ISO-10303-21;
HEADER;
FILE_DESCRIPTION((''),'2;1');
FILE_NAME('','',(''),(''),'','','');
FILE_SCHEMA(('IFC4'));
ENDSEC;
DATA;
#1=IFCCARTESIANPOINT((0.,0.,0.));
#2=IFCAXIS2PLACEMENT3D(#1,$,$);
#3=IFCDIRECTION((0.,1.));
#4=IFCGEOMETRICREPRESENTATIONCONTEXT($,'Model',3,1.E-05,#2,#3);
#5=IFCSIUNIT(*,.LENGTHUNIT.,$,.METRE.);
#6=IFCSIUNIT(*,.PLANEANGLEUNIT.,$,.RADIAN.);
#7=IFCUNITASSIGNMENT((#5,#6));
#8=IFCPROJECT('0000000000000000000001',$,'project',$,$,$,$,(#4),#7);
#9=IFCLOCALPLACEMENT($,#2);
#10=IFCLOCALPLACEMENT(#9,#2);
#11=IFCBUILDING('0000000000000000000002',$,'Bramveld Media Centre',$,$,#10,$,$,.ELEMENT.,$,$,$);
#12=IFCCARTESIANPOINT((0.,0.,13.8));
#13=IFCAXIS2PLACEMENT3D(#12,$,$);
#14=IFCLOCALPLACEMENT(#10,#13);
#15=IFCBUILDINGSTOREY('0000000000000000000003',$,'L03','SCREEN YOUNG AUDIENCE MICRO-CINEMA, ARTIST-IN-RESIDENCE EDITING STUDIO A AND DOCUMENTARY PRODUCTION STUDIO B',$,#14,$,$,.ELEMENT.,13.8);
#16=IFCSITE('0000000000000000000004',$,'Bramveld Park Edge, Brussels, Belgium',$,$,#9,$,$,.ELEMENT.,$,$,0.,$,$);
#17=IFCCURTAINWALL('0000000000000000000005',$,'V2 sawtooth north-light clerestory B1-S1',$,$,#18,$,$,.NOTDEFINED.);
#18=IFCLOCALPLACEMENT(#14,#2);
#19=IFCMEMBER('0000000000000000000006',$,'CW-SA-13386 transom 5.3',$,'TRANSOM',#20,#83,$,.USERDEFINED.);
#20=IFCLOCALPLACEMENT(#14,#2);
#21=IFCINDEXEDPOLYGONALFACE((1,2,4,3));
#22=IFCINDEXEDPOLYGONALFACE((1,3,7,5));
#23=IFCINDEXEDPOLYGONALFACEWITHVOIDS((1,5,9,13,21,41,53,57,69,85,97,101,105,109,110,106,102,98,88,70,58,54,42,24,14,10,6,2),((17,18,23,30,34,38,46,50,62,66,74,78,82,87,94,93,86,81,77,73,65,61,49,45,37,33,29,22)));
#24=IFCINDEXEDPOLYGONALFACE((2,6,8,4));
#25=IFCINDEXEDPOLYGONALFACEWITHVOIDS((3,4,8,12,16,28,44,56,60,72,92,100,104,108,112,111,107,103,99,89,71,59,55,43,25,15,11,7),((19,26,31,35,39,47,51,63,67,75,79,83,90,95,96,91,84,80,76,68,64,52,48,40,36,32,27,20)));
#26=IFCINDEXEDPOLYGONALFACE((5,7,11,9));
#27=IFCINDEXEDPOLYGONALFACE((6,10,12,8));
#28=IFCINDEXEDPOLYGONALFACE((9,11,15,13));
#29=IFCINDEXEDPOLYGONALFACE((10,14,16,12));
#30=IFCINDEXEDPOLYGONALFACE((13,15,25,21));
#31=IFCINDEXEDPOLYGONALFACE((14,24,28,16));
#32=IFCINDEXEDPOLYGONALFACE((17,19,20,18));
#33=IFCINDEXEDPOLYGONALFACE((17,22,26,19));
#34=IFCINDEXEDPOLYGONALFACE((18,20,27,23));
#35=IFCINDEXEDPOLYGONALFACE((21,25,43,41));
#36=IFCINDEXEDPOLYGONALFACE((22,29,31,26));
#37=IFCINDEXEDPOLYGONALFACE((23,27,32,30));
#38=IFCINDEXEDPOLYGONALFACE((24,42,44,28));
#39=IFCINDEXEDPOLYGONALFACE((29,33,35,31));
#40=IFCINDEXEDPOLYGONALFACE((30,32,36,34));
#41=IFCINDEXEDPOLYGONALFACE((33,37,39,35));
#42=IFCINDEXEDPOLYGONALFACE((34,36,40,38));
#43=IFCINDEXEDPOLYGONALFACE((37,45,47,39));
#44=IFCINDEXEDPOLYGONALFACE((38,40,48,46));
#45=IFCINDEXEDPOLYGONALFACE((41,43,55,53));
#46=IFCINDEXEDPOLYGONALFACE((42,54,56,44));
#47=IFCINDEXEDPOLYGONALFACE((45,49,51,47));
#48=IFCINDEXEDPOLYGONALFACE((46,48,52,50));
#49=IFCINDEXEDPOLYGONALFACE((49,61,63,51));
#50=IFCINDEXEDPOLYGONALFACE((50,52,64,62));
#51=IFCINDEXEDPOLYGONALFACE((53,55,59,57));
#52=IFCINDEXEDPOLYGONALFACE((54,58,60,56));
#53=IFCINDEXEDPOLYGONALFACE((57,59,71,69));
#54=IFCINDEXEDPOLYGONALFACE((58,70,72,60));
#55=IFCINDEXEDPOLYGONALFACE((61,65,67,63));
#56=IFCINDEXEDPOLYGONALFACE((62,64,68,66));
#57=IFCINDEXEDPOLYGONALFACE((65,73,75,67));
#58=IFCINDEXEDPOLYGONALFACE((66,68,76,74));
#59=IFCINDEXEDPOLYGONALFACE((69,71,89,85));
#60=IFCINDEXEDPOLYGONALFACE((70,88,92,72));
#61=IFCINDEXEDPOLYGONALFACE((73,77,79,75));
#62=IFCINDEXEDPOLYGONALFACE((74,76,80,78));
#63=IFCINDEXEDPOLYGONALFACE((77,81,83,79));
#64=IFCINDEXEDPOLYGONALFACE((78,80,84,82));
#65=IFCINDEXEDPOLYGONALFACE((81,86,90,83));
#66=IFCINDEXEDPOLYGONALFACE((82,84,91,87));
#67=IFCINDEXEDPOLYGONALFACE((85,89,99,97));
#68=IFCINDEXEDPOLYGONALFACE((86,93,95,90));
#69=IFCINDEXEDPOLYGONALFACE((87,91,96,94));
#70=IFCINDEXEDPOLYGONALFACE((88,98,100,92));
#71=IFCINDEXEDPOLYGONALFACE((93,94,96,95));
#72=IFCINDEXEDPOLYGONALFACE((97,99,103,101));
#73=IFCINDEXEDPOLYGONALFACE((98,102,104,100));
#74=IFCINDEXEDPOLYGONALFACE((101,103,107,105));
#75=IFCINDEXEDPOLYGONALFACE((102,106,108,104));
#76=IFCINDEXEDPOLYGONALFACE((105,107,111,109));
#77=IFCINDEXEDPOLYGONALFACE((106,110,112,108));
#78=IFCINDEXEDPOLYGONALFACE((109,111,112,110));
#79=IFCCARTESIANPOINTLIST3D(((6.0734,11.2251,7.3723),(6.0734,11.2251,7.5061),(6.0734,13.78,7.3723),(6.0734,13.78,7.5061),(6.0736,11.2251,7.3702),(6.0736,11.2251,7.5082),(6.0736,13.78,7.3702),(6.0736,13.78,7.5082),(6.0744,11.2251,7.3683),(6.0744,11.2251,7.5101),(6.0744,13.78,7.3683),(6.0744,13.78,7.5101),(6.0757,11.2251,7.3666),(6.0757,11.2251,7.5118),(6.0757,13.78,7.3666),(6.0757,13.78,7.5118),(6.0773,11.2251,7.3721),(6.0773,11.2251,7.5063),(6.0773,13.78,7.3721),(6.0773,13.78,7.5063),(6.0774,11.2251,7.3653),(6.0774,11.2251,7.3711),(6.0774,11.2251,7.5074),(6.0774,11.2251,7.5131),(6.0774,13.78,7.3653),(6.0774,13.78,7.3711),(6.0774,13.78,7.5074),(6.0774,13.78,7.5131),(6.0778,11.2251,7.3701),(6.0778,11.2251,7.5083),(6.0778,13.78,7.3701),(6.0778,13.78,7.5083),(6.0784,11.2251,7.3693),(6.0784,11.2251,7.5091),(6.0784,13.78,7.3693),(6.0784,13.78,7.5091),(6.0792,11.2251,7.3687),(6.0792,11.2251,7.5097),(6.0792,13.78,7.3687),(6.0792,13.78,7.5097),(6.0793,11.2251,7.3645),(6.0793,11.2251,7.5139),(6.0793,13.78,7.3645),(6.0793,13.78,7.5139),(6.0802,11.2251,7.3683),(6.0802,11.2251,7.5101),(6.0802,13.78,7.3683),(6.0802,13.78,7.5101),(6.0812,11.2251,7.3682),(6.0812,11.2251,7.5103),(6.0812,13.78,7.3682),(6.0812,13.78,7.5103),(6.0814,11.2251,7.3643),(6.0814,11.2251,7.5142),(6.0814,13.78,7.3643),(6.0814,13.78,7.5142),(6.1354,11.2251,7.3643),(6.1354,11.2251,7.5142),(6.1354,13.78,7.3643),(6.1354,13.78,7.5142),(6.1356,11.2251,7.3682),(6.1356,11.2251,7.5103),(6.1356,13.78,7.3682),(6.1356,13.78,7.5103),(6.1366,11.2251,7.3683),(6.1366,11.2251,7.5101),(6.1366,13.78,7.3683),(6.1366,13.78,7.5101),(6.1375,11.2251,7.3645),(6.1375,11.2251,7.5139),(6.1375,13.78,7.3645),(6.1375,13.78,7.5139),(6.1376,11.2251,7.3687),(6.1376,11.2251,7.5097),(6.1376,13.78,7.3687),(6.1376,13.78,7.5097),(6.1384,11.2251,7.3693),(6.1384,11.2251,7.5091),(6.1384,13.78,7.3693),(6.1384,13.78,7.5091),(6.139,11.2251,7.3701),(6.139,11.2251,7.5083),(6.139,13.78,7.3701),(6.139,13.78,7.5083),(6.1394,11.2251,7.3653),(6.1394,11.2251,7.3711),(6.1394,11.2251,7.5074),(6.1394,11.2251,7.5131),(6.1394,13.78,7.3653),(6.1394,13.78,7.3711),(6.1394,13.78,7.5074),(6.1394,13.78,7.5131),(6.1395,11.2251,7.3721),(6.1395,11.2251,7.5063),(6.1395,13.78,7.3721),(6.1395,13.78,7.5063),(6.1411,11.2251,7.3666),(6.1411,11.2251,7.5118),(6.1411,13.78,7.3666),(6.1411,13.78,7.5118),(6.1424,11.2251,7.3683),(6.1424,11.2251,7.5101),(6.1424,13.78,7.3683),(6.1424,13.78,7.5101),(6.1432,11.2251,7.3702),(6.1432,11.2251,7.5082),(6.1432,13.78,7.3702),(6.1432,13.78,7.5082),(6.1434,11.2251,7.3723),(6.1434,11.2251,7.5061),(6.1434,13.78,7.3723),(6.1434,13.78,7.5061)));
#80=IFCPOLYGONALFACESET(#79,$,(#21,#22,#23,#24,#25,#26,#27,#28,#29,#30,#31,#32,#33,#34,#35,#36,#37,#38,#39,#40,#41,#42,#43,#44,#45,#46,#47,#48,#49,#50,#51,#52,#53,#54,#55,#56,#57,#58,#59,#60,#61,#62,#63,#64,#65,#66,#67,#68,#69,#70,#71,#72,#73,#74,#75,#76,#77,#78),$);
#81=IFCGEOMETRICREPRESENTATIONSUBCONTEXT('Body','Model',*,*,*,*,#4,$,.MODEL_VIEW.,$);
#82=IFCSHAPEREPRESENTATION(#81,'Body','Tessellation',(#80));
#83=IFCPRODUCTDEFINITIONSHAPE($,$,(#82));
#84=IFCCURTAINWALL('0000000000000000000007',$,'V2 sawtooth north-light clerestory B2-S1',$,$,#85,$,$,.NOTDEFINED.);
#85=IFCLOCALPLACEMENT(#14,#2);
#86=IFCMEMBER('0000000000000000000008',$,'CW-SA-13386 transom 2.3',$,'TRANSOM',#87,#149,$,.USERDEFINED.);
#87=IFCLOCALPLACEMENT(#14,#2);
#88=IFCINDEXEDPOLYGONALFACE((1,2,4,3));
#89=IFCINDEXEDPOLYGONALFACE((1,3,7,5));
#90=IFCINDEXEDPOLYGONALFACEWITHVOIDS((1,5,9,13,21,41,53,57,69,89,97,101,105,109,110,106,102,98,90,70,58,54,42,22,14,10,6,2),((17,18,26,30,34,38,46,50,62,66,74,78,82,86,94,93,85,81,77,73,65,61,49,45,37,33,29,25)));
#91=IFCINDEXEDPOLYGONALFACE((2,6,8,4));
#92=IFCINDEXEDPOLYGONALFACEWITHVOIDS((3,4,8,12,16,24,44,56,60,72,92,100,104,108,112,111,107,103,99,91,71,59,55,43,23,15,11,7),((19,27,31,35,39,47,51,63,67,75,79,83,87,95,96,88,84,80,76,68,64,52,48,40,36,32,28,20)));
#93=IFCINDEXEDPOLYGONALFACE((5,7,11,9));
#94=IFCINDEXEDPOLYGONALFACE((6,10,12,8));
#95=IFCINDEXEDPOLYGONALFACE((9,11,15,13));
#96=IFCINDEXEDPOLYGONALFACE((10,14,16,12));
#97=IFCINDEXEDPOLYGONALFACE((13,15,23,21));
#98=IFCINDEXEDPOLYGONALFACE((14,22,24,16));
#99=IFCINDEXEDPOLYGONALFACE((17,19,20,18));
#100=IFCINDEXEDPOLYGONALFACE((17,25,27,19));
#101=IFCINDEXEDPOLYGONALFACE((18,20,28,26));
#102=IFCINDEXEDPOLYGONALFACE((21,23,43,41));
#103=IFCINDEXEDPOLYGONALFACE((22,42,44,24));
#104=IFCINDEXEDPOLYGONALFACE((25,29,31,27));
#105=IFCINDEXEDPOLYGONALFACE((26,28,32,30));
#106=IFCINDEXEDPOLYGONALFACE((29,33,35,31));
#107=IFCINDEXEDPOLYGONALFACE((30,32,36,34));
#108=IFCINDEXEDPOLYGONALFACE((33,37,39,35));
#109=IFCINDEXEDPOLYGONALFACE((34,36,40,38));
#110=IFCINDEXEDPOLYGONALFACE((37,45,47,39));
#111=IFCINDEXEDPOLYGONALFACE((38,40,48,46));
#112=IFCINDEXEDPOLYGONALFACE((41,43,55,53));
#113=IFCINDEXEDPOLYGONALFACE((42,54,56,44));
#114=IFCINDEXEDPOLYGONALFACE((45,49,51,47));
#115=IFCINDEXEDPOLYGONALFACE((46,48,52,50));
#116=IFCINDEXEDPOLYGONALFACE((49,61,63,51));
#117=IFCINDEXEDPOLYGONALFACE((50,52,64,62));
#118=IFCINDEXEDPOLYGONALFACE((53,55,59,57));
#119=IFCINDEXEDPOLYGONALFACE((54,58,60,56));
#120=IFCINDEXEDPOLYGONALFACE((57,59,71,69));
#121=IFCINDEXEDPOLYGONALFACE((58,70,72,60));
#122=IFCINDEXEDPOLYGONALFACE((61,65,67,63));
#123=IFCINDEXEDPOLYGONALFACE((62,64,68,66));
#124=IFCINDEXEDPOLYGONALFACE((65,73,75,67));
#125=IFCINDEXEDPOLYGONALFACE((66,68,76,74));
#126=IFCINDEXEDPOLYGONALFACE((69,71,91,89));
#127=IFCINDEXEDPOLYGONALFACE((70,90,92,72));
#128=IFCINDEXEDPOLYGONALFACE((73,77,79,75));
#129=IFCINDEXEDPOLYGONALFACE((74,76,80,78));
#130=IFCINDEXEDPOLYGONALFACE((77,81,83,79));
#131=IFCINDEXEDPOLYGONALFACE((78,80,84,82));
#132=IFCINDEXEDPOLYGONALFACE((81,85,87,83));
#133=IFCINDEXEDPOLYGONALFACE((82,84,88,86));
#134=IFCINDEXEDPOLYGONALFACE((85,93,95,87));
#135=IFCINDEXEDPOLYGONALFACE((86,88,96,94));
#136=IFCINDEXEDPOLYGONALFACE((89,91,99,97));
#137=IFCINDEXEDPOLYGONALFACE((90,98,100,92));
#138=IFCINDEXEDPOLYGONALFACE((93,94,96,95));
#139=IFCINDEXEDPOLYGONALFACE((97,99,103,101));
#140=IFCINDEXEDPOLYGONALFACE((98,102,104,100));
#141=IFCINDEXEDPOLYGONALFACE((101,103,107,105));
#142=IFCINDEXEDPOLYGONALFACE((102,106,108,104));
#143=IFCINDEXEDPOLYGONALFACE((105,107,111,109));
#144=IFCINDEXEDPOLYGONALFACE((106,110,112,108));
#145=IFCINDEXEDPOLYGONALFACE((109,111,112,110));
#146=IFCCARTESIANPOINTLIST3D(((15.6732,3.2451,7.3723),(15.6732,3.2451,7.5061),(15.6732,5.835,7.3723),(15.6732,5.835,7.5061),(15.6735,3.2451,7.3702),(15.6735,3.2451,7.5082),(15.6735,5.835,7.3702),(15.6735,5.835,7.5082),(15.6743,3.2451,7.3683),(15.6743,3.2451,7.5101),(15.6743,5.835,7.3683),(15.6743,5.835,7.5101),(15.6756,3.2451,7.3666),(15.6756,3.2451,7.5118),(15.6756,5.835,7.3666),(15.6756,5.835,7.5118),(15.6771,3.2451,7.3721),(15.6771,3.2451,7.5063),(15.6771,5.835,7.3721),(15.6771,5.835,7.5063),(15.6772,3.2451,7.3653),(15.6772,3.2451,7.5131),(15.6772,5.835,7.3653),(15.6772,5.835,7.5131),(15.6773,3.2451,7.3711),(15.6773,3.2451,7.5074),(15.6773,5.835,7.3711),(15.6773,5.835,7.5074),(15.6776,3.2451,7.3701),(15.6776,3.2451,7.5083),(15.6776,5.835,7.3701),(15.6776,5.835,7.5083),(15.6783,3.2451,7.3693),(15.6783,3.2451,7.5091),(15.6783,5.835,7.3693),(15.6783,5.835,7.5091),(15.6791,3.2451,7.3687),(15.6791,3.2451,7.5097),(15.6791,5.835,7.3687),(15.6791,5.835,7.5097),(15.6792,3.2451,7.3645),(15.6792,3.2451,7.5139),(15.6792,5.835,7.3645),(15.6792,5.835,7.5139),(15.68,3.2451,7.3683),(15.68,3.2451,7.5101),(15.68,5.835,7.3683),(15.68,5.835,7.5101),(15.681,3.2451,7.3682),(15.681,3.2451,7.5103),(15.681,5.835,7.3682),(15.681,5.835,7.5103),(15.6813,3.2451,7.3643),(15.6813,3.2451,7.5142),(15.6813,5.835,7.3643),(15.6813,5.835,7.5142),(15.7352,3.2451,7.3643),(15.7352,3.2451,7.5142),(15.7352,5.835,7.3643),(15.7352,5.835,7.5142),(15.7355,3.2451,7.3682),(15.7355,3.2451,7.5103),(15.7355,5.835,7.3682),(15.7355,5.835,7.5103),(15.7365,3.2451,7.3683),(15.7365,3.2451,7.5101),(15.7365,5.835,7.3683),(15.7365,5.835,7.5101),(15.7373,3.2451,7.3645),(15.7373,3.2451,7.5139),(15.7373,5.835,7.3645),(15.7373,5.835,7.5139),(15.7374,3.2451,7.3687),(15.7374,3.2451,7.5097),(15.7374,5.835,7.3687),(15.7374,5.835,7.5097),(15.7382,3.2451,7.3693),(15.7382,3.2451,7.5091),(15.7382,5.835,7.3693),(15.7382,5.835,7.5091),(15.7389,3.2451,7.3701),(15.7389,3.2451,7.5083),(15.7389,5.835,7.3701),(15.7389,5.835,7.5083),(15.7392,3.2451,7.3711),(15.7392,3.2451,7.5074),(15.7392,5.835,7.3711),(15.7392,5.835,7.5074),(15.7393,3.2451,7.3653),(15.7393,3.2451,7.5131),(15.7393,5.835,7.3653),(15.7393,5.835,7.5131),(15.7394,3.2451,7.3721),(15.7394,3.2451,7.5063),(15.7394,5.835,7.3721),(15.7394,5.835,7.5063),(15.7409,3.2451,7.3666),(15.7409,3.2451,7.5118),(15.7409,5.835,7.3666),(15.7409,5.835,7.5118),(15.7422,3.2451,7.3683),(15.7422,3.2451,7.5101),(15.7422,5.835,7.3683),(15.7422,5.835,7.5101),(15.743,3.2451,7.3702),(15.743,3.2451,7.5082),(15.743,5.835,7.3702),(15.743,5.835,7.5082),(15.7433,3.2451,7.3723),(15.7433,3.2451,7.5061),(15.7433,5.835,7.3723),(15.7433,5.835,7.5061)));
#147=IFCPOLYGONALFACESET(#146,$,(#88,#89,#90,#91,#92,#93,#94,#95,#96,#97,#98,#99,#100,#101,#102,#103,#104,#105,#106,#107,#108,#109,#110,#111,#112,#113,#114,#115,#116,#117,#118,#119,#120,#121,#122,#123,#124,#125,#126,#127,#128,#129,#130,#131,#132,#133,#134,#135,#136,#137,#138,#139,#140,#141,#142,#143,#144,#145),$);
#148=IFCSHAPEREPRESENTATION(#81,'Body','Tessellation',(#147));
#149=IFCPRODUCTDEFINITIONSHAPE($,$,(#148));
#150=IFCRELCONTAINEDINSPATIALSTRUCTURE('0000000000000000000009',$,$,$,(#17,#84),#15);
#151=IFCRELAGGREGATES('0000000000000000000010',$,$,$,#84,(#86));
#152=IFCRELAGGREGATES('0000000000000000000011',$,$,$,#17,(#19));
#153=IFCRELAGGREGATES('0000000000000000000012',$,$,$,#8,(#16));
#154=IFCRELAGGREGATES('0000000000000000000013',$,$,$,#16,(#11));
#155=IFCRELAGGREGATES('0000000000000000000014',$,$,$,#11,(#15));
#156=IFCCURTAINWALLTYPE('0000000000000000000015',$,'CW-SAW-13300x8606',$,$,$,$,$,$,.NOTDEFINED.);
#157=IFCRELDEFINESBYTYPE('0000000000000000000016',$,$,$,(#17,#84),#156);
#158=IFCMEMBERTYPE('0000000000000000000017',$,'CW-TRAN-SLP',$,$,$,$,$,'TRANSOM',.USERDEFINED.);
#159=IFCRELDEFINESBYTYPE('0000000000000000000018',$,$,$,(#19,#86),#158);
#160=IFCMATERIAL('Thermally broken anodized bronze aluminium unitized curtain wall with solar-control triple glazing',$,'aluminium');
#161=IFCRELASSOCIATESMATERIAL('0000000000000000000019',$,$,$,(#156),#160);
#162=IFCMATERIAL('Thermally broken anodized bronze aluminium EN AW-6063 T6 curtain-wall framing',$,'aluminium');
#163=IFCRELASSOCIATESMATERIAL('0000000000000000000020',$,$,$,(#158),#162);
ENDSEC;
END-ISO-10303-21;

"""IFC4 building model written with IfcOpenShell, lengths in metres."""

from ifc_helpers import new_model, si_unit, direction, frame, origin, origin_2d, place, context, subcontext, project, spatial, hollow_rectangle, extrude, material, material_profile, profile_set, type_object, element, aggregate, save


model = new_model("IFC4")

# Units and contexts
model_context = context("Model", 3, precision=1e-05, world=origin(), true_north=direction((0.0, 1.0)))
body_context = subcontext(model_context, "Body", "Model", "MODEL_VIEW")
ifc_project = project(units=[si_unit("LENGTHUNIT", "METRE"), si_unit("PLANEANGLEUNIT", "RADIAN")], contexts=[model_context])

# Site, building, storey
site_placement = place(None, origin())
site = spatial("IfcSite", under=ifc_project, at=site_placement, Name="Bramveld Park Edge, Brussels, Belgium", CompositionType="ELEMENT", RefElevation=0.0)
building_placement = place(site_placement, origin())
building = spatial("IfcBuilding", under=site, at=building_placement, Name="Bramveld Media Centre", CompositionType="ELEMENT")
storey_placement = place(building_placement, frame((0.0, 0.0, 13.8)))
storey = spatial("IfcBuildingStorey", under=building, at=storey_placement, Name="L03", Description="SCREEN YOUNG AUDIENCE MICRO-CINEMA, ARTIST-IN-RESIDENCE EDITING STUDIO A AND DOCUMENTARY PRODUCTION STUDIO B", CompositionType="ELEMENT", Elevation=13.8)

# Curtain walls, members
ifc_material_1 = material(Name="Thermally broken anodized bronze aluminium unitized curtain wall with solar-control triple glazing", Category="aluminium")
curtain_wall_type = type_object("IfcCurtainWallType", Name="CW-SAW-13300x8606", PredefinedType="NOTDEFINED", material=ifc_material_1)
curtain_wall_1_placement = place(storey_placement, origin())
curtain_wall_1 = element("IfcCurtainWall", 1, at=curtain_wall_1_placement, inside=storey, type_object=curtain_wall_type, Name="V2 sawtooth north-light clerestory B1-S1", PredefinedType="NOTDEFINED")
ifc_material_2 = material(Name="Thermally broken anodized bronze aluminium EN AW-6063 T6 curtain-wall framing", Category="aluminium")
ifc_material_profile_1 = material_profile(ifc_material_2, hollow_rectangle(XDim=0.0701, YDim=0.1499, WallThickness=0.0039, InnerFilletRadius=0.0039, OuterFilletRadius=0.0081, at=origin_2d()), Name="AL-TRAN 70x150")
ifc_profile_set_1 = profile_set([ifc_material_profile_1], Name="Thermally broken anodized bronze aluminium EN AW-6063 T6 curtain-wall framing")
member_type_1 = type_object("IfcMemberType", Name="CW-TRAN-SLP", ElementType="TRANSOM", PredefinedType="USERDEFINED", material=ifc_profile_set_1)
member_1_placement = place(storey_placement, frame((6.1084, 11.2251, 7.4392), z_axis=(0.0, 1.0, 0.0), x_axis=(-1.0, 0.0, 0.0)))
member_1 = element("IfcMember", 2, at=member_1_placement, type_object=member_type_1, Name="CW-SA-13386 transom 5.3", ObjectType="TRANSOM", PredefinedType="USERDEFINED", context=body_context, shape_type="SweptSolid", body=[
    extrude(hollow_rectangle(XDim=0.0701, YDim=0.1499, WallThickness=0.0039, InnerFilletRadius=0.0039, OuterFilletRadius=0.0081, at=origin_2d()), origin(), (0.0, 0.0, 1.0), 2.5549),
])
curtain_wall_2_placement = place(storey_placement, origin())
curtain_wall_2 = element("IfcCurtainWall", 3, at=curtain_wall_2_placement, inside=storey, type_object=curtain_wall_type, Name="V2 sawtooth north-light clerestory B2-S1", PredefinedType="NOTDEFINED")
member_2_placement = place(storey_placement, frame((15.7083, 3.2451, 7.4392), z_axis=(0.0, 1.0, 0.0), x_axis=(-1.0, 0.0, 0.0)))
member_2 = element("IfcMember", 4, at=member_2_placement, type_object=member_type_1, Name="CW-SA-13386 transom 2.3", ObjectType="TRANSOM", PredefinedType="USERDEFINED", context=body_context, shape_type="SweptSolid", body=[
    extrude(hollow_rectangle(XDim=0.0701, YDim=0.1499, WallThickness=0.0039, InnerFilletRadius=0.0039, OuterFilletRadius=0.0081, at=origin_2d()), origin(), (0.0, 0.0, 1.0), 2.5898),
])
aggregate(curtain_wall_2, [member_2])

aggregate(curtain_wall_1, [member_1])

save(model, "model.ifc")
